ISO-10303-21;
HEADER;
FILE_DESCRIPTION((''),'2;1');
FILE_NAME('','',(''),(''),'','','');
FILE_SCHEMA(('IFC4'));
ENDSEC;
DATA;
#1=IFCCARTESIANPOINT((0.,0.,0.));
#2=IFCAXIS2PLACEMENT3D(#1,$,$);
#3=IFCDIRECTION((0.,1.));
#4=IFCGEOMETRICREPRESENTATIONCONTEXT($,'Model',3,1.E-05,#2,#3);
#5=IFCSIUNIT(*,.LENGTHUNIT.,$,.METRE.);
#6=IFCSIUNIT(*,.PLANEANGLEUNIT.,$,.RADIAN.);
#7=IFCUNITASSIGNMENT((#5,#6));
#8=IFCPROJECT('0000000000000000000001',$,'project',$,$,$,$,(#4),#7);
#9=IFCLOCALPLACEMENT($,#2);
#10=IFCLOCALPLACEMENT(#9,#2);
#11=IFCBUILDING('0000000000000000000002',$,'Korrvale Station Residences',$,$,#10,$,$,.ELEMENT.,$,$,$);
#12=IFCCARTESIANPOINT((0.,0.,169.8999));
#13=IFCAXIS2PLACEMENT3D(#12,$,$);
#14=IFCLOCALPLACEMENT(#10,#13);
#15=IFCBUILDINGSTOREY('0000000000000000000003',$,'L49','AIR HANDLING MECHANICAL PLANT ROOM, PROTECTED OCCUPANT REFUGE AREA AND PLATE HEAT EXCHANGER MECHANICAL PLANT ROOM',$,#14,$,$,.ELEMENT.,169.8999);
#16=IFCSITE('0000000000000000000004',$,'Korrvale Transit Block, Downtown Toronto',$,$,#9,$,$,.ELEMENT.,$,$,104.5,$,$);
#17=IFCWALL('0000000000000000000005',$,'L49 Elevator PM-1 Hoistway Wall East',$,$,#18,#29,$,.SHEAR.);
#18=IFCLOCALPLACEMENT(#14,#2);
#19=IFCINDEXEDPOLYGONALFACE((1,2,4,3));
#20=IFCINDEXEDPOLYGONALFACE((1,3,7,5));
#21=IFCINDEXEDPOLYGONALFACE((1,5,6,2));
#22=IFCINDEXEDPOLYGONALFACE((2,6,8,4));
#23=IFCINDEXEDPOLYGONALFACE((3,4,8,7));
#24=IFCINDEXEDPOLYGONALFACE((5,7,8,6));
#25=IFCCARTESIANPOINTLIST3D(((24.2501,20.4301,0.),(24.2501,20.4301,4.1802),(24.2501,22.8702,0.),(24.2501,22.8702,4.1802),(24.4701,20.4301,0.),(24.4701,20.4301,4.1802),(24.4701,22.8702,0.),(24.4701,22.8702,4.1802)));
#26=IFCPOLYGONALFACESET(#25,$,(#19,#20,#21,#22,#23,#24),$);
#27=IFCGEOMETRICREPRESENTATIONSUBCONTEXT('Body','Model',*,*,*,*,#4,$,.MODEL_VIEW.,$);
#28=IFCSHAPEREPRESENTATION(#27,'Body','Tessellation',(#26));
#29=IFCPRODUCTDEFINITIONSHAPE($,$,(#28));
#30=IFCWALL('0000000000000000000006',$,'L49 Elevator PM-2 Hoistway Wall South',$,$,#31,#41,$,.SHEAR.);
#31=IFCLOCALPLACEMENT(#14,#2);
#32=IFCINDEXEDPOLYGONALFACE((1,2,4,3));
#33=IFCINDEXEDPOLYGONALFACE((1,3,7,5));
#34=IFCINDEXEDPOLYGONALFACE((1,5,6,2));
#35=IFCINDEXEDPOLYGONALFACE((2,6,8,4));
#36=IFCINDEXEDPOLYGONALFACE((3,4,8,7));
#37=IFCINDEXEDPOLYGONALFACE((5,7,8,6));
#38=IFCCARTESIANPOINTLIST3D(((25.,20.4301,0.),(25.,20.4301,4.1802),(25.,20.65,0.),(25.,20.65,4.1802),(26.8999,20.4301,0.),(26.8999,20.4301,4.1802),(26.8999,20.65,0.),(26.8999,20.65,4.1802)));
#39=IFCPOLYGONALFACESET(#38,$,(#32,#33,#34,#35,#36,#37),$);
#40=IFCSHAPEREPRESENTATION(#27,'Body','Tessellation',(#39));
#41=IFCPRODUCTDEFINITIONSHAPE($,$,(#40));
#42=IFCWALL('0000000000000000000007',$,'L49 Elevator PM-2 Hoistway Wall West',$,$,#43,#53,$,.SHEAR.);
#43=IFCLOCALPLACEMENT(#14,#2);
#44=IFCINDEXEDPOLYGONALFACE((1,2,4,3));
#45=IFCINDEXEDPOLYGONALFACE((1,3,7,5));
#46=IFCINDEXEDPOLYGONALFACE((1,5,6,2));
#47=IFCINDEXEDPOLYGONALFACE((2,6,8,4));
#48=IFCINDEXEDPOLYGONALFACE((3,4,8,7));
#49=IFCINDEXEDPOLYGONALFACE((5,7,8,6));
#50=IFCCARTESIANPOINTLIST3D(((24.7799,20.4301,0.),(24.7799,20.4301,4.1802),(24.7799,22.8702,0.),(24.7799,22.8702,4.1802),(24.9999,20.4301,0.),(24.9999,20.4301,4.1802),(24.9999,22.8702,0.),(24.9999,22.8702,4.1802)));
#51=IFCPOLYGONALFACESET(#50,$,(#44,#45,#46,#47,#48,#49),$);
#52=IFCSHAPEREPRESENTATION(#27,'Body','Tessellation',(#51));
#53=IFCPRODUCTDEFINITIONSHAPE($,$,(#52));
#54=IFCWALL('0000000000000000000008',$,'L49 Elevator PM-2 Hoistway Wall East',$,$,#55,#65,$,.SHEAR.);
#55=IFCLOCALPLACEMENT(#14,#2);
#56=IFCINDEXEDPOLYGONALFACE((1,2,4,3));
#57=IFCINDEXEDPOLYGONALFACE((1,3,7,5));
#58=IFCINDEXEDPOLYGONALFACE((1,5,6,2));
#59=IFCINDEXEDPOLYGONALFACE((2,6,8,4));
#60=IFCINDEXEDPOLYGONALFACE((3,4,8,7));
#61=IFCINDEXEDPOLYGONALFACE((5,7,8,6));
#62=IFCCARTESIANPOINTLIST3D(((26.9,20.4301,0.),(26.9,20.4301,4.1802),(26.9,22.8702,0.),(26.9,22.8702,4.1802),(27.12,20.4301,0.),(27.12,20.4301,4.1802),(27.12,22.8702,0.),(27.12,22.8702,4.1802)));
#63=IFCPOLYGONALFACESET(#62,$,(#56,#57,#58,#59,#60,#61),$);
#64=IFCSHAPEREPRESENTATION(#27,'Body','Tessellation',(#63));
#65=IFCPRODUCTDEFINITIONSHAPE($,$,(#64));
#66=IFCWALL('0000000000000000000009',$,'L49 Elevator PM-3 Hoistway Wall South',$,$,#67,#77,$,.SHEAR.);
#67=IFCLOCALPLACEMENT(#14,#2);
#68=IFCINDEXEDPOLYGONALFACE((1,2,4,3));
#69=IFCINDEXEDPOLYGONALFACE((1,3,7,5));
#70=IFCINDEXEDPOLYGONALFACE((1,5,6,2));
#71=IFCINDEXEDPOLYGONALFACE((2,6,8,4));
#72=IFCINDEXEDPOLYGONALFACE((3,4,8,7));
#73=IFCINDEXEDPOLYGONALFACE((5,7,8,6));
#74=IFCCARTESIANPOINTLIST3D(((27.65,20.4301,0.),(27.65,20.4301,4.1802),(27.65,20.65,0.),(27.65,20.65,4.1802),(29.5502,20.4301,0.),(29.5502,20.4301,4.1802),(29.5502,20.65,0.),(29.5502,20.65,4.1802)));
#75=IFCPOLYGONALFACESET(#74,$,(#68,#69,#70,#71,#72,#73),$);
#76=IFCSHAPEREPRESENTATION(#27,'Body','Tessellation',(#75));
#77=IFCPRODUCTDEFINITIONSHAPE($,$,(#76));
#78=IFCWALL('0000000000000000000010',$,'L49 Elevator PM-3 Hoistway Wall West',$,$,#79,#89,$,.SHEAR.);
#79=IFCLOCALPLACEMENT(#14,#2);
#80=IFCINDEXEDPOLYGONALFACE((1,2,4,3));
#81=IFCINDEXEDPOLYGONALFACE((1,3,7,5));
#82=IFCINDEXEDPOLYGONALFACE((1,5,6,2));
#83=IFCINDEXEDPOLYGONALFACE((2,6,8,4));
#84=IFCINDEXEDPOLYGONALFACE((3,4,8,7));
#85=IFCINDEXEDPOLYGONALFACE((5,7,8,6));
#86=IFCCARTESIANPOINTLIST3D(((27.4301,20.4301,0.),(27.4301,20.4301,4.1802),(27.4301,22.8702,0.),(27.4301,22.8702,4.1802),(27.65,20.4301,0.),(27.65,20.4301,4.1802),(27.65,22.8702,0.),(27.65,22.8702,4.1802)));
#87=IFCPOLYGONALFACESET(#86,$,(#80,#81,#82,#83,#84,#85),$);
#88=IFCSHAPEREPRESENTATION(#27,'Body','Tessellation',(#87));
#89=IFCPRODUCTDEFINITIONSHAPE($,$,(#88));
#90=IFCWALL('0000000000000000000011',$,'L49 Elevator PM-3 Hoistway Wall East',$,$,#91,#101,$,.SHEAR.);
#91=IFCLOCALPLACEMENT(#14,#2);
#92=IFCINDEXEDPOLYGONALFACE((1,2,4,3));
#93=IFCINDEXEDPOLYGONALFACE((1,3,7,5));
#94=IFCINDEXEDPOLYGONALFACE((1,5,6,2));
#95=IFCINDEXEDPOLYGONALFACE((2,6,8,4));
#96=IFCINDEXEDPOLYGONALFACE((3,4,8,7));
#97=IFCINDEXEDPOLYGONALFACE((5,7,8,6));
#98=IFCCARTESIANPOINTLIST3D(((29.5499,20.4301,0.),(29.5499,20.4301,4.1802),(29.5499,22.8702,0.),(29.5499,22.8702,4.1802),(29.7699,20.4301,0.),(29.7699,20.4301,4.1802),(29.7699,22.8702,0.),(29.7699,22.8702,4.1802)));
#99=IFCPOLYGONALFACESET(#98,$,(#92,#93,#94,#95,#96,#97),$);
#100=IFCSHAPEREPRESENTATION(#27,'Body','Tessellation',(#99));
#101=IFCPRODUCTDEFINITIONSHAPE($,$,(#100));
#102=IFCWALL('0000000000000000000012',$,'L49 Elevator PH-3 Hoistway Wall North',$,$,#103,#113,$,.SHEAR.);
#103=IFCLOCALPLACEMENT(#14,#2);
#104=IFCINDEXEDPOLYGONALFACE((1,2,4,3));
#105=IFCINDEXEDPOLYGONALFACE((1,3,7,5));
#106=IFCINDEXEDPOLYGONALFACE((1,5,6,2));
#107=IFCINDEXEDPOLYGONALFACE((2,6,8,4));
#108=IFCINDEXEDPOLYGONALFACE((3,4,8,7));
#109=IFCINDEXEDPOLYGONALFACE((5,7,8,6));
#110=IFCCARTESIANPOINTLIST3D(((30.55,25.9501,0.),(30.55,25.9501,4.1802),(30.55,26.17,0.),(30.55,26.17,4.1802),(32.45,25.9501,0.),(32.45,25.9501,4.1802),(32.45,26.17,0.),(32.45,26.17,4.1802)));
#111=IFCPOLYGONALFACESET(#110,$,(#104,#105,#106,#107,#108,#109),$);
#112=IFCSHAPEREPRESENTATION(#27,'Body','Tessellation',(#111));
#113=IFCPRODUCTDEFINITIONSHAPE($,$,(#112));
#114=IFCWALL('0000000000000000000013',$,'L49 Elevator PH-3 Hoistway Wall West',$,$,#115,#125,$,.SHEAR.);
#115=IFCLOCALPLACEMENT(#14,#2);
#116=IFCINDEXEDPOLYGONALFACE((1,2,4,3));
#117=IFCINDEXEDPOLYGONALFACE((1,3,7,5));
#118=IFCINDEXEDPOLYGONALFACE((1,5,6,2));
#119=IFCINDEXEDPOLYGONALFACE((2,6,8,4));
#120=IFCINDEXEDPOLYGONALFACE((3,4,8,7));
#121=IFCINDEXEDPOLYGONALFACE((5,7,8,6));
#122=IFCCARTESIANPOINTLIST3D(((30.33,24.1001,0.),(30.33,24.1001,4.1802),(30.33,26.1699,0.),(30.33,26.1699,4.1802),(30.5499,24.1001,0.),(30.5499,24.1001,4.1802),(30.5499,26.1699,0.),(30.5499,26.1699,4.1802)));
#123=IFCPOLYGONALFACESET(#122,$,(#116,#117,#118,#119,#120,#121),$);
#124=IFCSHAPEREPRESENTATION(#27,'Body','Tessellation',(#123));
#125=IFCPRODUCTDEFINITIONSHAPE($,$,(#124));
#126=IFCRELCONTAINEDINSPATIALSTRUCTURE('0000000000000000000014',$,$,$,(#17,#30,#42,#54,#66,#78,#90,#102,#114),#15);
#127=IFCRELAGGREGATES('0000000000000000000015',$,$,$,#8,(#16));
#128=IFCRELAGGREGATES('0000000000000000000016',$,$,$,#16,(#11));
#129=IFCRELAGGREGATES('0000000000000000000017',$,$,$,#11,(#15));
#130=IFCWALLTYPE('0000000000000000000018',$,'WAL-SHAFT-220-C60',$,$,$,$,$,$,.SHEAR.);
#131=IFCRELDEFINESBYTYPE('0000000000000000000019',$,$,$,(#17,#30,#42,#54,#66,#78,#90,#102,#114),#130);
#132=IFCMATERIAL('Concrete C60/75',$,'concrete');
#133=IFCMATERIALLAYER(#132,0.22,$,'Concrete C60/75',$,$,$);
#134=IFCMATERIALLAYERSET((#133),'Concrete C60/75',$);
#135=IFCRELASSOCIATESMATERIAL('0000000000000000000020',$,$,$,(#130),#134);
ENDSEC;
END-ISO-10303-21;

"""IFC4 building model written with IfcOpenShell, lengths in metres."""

from ifc_helpers import new_model, si_unit, direction, frame, frame_2d, origin, place, context, subcontext, project, spatial, rectangle, extrude, material, layer, layer_set, type_object, element, save


model = new_model("IFC4")

# Units and contexts
model_context = context("Model", 3, precision=1e-05, world=origin(), true_north=direction((0.0, 1.0)))
body_context = subcontext(model_context, "Body", "Model", "MODEL_VIEW")
ifc_project = project(units=[si_unit("LENGTHUNIT", "METRE"), si_unit("PLANEANGLEUNIT", "RADIAN")], contexts=[model_context])

# Site, building, storey
site_placement = place(None, origin())
site = spatial("IfcSite", under=ifc_project, at=site_placement, Name="Korrvale Transit Block, Downtown Toronto", CompositionType="ELEMENT", RefElevation=104.5)
building_placement = place(site_placement, origin())
building = spatial("IfcBuilding", under=site, at=building_placement, Name="Korrvale Station Residences", CompositionType="ELEMENT")
storey_placement = place(building_placement, frame((0.0, 0.0, 169.8999)))
storey = spatial("IfcBuildingStorey", under=building, at=storey_placement, Name="L49", Description="AIR HANDLING MECHANICAL PLANT ROOM, PROTECTED OCCUPANT REFUGE AREA AND PLATE HEAT EXCHANGER MECHANICAL PLANT ROOM", CompositionType="ELEMENT", Elevation=169.8999)

# Shared definitions
ifc_material_1 = material(Name="Concrete C60/75", Category="concrete")

# Walls
ifc_layer_1 = layer(ifc_material_1, 0.22, Name="Concrete C60/75")
ifc_layer_set_1 = layer_set([ifc_layer_1], Name="Concrete C60/75")
wall_type_1 = type_object("IfcWallType", Name="WAL-SHAFT-220-C60", PredefinedType="SHEAR", material=ifc_layer_set_1)
wall_1_placement = place(storey_placement, frame((24.3601, 20.4299, 0.0), z_axis=(0.0, 0.0, 1.0), x_axis=(0.0, 1.0, 0.0)))
element("IfcWall", 1, at=wall_1_placement, inside=storey, type_object=wall_type_1, Name="L49 Elevator PM-1 Hoistway Wall East", PredefinedType="SHEAR", context=body_context, shape_type="SweptSolid", body=[
    extrude(rectangle(XDim=2.4402, YDim=0.22, at=frame_2d((1.2202, 0.0))), origin(), (0.0, 0.0, 1.0), 4.1802),
])
wall_2_placement = place(storey_placement, frame((25.0, 20.54, 0.0), z_axis=(0.0, 0.0, 1.0), x_axis=(1.0, 0.0, 0.0)))
element("IfcWall", 2, at=wall_2_placement, inside=storey, type_object=wall_type_1, Name="L49 Elevator PM-2 Hoistway Wall South", PredefinedType="SHEAR", context=body_context, shape_type="SweptSolid", body=[
    extrude(rectangle(XDim=1.8999, YDim=0.22, at=frame_2d((0.95, 0.0))), origin(), (0.0, 0.0, 1.0), 4.1802),
])

# Walls
for number, where, z_axis, x_axis, name in (
    (3, (24.8899, 20.4299, 0.0), (0.0, 0.0, 1.0), (0.0, 1.0, 0.0), "L49 Elevator PM-2 Hoistway Wall West"),
    (4, (27.01, 20.4299, 0.0), (0.0, 0.0, 1.0), (0.0, 1.0, 0.0), "L49 Elevator PM-2 Hoistway Wall East"),
):
    element("IfcWall", number, at=place(storey_placement, frame(where, z_axis=z_axis, x_axis=x_axis)), inside=storey, type_object=wall_type_1, Name=name, PredefinedType="SHEAR", context=body_context, shape_type="SweptSolid", body=[
        extrude(rectangle(XDim=2.4402, YDim=0.22, at=frame_2d((1.2202, 0.0))), origin(), (0.0, 0.0, 1.0), 4.1802),
    ])
wall_3_placement = place(storey_placement, frame((27.6499, 20.54, 0.0), z_axis=(0.0, 0.0, 1.0), x_axis=(1.0, 0.0, 0.0)))
element("IfcWall", 5, at=wall_3_placement, inside=storey, type_object=wall_type_1, Name="L49 Elevator PM-3 Hoistway Wall South", PredefinedType="SHEAR", context=body_context, shape_type="SweptSolid", body=[
    extrude(rectangle(XDim=1.9001, YDim=0.22, at=frame_2d((0.9502, 0.0))), origin(), (0.0, 0.0, 1.0), 4.1802),
])

# Walls
for number, where, z_axis, x_axis, name in (
    (6, (27.54, 20.4299, 0.0), (0.0, 0.0, 1.0), (0.0, 1.0, 0.0), "L49 Elevator PM-3 Hoistway Wall West"),
    (7, (29.6599, 20.4299, 0.0), (0.0, 0.0, 1.0), (0.0, 1.0, 0.0), "L49 Elevator PM-3 Hoistway Wall East"),
):
    element("IfcWall", number, at=place(storey_placement, frame(where, z_axis=z_axis, x_axis=x_axis)), inside=storey, type_object=wall_type_1, Name=name, PredefinedType="SHEAR", context=body_context, shape_type="SweptSolid", body=[
        extrude(rectangle(XDim=2.4402, YDim=0.22, at=frame_2d((1.2202, 0.0))), origin(), (0.0, 0.0, 1.0), 4.1802),
    ])
wall_4_placement = place(storey_placement, frame((30.55, 26.0601, 0.0), z_axis=(0.0, 0.0, 1.0), x_axis=(1.0, 0.0, 0.0)))
element("IfcWall", 8, at=wall_4_placement, inside=storey, type_object=wall_type_1, Name="L49 Elevator PH-3 Hoistway Wall North", PredefinedType="SHEAR", context=body_context, shape_type="SweptSolid", body=[
    extrude(rectangle(XDim=1.8999, YDim=0.22, at=frame_2d((0.95, 0.0))), origin(), (0.0, 0.0, 1.0), 4.1802),
])
wall_5_placement = place(storey_placement, frame((30.4399, 24.1001, 0.0), z_axis=(0.0, 0.0, 1.0), x_axis=(0.0, 1.0, 0.0)))
element("IfcWall", 9, at=wall_5_placement, inside=storey, type_object=wall_type_1, Name="L49 Elevator PH-3 Hoistway Wall West", PredefinedType="SHEAR", context=body_context, shape_type="SweptSolid", body=[
    extrude(rectangle(XDim=2.0698, YDim=0.22, at=frame_2d((1.0349, 0.0))), origin(), (0.0, 0.0, 1.0), 4.1802),
])

save(model, "model.ifc")
